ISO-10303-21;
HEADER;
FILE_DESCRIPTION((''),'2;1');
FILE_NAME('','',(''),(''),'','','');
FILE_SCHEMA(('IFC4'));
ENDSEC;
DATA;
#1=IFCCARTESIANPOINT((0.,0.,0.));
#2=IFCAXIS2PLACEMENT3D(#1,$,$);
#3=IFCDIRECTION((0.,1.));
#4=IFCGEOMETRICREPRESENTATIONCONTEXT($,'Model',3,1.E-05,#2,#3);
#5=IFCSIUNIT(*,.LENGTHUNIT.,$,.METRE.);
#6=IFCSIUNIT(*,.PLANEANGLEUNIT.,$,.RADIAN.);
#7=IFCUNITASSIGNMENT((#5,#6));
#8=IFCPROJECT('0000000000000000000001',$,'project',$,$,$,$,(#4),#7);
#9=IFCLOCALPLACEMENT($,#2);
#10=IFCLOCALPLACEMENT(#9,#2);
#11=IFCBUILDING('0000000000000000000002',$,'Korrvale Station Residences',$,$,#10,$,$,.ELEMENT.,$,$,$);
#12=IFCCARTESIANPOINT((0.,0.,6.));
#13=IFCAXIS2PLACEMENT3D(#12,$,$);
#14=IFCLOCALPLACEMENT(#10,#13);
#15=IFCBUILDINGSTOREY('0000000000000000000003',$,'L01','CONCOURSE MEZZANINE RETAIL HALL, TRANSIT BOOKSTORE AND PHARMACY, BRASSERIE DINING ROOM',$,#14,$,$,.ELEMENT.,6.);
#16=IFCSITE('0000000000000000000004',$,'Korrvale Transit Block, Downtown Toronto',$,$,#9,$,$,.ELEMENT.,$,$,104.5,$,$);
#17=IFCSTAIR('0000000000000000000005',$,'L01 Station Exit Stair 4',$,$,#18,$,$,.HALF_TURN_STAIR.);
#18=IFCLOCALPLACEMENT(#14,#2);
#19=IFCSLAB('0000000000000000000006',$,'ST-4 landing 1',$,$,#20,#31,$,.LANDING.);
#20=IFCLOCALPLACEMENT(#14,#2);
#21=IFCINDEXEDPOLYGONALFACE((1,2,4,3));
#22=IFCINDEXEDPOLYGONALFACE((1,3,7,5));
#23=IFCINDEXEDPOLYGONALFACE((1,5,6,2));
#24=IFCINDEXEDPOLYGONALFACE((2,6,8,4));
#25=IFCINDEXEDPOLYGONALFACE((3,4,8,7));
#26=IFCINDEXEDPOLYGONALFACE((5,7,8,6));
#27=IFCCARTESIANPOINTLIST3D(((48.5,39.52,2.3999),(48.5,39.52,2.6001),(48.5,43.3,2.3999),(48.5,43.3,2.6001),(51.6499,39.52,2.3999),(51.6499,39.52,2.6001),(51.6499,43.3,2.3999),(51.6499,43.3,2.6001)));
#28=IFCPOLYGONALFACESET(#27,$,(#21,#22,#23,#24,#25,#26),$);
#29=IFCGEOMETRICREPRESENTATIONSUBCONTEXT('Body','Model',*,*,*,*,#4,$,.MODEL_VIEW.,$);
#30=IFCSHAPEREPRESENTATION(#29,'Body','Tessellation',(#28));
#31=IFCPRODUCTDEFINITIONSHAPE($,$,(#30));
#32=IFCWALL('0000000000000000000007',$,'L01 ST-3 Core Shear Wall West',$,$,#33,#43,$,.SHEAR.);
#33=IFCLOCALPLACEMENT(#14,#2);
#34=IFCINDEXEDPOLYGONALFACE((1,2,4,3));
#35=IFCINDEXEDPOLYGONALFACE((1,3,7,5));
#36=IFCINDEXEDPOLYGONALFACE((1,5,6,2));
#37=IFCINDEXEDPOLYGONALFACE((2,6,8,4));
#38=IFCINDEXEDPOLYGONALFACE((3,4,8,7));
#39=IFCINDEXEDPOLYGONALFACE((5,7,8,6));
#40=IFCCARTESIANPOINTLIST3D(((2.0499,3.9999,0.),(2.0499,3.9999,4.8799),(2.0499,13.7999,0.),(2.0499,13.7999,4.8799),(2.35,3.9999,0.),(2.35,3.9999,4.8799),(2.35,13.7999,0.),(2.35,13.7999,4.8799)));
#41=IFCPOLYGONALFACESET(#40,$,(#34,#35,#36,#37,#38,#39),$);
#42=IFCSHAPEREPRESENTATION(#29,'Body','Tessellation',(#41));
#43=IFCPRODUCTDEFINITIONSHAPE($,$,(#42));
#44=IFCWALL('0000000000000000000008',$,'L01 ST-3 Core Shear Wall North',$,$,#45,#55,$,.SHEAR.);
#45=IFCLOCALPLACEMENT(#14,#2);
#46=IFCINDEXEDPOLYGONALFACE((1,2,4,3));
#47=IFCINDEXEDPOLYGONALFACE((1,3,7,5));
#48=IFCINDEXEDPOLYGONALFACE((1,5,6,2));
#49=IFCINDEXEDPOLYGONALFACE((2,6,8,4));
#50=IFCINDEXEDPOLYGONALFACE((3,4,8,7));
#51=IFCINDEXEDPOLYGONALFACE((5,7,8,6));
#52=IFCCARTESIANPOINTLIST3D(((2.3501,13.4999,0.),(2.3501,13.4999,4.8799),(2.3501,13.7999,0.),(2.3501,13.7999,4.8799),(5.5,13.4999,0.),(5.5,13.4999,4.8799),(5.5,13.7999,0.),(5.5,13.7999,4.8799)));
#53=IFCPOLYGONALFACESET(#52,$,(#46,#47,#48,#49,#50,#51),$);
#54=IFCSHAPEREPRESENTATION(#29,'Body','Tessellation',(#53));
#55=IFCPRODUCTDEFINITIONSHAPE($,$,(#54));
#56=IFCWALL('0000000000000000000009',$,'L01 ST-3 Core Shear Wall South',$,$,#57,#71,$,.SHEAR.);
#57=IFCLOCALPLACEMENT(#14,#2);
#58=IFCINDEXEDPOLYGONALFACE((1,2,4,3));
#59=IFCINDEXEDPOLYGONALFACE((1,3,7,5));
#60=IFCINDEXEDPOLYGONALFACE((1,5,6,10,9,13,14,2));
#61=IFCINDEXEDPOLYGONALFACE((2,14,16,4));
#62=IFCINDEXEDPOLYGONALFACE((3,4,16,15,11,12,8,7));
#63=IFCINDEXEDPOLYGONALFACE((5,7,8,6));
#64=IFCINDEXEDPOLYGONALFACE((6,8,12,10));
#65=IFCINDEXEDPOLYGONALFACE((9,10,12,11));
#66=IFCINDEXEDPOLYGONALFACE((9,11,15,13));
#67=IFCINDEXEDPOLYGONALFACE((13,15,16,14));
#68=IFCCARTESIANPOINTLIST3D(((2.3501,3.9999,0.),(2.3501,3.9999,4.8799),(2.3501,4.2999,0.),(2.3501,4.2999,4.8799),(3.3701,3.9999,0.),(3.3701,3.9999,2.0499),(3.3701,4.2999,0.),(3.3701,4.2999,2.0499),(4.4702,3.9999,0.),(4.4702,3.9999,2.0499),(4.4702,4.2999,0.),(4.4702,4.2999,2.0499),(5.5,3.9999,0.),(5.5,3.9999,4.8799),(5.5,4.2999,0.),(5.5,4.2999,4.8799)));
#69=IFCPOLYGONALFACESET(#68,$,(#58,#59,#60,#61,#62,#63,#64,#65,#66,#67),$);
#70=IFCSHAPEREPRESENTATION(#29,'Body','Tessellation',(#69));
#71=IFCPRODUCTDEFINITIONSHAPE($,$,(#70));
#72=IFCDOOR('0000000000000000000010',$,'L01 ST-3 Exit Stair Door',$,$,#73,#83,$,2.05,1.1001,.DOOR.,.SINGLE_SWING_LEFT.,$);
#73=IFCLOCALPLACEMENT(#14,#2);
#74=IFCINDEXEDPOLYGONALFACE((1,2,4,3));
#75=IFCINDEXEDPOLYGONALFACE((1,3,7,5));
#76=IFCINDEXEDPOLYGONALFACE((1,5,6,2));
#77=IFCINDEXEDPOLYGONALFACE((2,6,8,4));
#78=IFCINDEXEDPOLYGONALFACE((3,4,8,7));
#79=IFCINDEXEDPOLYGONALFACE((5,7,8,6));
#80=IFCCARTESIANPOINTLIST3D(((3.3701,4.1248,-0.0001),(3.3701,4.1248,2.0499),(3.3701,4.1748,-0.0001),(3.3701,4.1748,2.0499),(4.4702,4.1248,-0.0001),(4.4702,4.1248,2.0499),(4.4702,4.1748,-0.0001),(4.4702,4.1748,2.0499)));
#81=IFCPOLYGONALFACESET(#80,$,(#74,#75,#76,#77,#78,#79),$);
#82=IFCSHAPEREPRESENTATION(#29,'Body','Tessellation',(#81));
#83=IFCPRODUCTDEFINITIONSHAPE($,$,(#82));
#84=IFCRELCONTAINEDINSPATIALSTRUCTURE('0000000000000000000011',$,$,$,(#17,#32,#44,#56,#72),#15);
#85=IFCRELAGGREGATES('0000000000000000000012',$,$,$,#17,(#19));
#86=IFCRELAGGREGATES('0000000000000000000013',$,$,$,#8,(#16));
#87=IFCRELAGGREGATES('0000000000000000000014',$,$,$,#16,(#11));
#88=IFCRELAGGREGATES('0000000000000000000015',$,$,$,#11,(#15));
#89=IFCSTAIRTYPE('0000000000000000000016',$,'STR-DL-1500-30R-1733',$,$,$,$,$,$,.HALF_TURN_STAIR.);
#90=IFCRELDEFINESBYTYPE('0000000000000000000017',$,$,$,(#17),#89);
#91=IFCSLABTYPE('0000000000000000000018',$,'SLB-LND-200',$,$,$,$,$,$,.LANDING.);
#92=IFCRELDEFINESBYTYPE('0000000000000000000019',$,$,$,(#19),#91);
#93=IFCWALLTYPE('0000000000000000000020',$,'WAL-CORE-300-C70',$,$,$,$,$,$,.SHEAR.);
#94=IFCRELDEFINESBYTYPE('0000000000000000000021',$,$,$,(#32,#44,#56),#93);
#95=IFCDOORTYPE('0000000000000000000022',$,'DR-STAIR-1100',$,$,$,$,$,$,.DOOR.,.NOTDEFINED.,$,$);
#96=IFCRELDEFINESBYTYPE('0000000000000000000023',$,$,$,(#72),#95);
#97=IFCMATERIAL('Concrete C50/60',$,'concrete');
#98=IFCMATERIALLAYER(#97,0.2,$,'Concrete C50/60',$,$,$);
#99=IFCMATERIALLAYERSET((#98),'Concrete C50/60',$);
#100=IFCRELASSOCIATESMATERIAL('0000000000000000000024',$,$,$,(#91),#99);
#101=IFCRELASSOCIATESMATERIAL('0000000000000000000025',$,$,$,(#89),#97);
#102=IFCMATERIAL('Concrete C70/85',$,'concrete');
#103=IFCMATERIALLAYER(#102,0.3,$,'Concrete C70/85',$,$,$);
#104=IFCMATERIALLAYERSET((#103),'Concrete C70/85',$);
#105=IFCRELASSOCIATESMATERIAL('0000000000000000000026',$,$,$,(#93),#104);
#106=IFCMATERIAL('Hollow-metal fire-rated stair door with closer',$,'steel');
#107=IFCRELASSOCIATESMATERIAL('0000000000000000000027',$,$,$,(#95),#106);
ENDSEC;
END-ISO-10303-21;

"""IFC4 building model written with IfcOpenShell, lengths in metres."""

from ifc_helpers import new_model, si_unit, direction, frame, frame_2d, origin, place, context, subcontext, project, spatial, polyline, rectangle, outline, extrude, material, layer, layer_set, type_object, element, fill, aggregate, save


model = new_model("IFC4")

# Units and contexts
model_context = context("Model", 3, precision=1e-05, world=origin(), true_north=direction((0.0, 1.0)))
body_context = subcontext(model_context, "Body", "Model", "MODEL_VIEW")
ifc_project = project(units=[si_unit("LENGTHUNIT", "METRE"), si_unit("PLANEANGLEUNIT", "RADIAN")], contexts=[model_context])

# Site, building, storey
site_placement = place(None, origin())
site = spatial("IfcSite", under=ifc_project, at=site_placement, Name="Korrvale Transit Block, Downtown Toronto", CompositionType="ELEMENT", RefElevation=104.5)
building_placement = place(site_placement, origin())
building = spatial("IfcBuilding", under=site, at=building_placement, Name="Korrvale Station Residences", CompositionType="ELEMENT")
storey_placement = place(building_placement, frame((0.0, 0.0, 6.0)))
storey = spatial("IfcBuildingStorey", under=building, at=storey_placement, Name="L01", Description="CONCOURSE MEZZANINE RETAIL HALL, TRANSIT BOOKSTORE AND PHARMACY, BRASSERIE DINING ROOM", CompositionType="ELEMENT", Elevation=6.0)

# Shared definitions
ifc_material_1 = material(Name="Concrete C70/85", Category="concrete")

# Shared definitions
ifc_material_2 = material(Name="Concrete C50/60", Category="concrete")

# Stair, slab
ifc_layer_1 = layer(ifc_material_2, 0.2, Name="Concrete C50/60")
ifc_layer_set_1 = layer_set([ifc_layer_1], Name="Concrete C50/60")
slab_type_1 = type_object("IfcSlabType", Name="SLB-LND-200", PredefinedType="LANDING", material=ifc_layer_set_1)
stair_type_1 = type_object("IfcStairType", Name="STR-DL-1500-30R-1733", PredefinedType="HALF_TURN_STAIR", material=ifc_material_2)
stair_1_placement = place(storey_placement, origin())
stair_1 = element("IfcStair", 1, at=stair_1_placement, inside=storey, type_object=stair_type_1, Name="L01 Station Exit Stair 4", PredefinedType="HALF_TURN_STAIR")
slab_1_placement = place(storey_placement, frame((0.0, 0.0, 2.3999)))
slab_1 = element("IfcSlab", 2, at=slab_1_placement, type_object=slab_type_1, Name="ST-4 landing 1", PredefinedType="LANDING", context=body_context, shape_type="SweptSolid", body=[
    extrude(outline(polyline([(51.6499, 39.52), (51.6499, 43.3), (48.5, 43.3), (48.5, 39.52), (51.6499, 39.52)])), origin(), (0.0, 0.0, 1.0), 0.2002),
])
aggregate(stair_1, [slab_1])

# Walls
ifc_layer_2 = layer(ifc_material_1, 0.3, Name="Concrete C70/85")
ifc_layer_set_2 = layer_set([ifc_layer_2], Name="Concrete C70/85")
wall_type_1 = type_object("IfcWallType", Name="WAL-CORE-300-C70", PredefinedType="SHEAR", material=ifc_layer_set_2)
wall_1_placement = place(storey_placement, frame((2.2, 4.0, 0.0), z_axis=(0.0, 0.0, 1.0), x_axis=(0.0, 1.0, 0.0)))
element("IfcWall", 3, at=wall_1_placement, inside=storey, type_object=wall_type_1, Name="L01 ST-3 Core Shear Wall West", PredefinedType="SHEAR", context=body_context, shape_type="SweptSolid", body=[
    extrude(rectangle(XDim=9.8, YDim=0.3, at=frame_2d((4.8999, 0.0))), origin(), (0.0, 0.0, 1.0), 4.8799),
])
wall_2_placement = place(storey_placement, frame((2.3501, 13.6499, 0.0), z_axis=(0.0, 0.0, 1.0), x_axis=(1.0, 0.0, 0.0)))
element("IfcWall", 4, at=wall_2_placement, inside=storey, type_object=wall_type_1, Name="L01 ST-3 Core Shear Wall North", PredefinedType="SHEAR", context=body_context, shape_type="SweptSolid", body=[
    extrude(rectangle(XDim=3.1499, YDim=0.3, at=frame_2d((1.575, 0.0))), origin(), (0.0, 0.0, 1.0), 4.8799),
])

# Wall, opening, door
wall_3_placement = place(storey_placement, frame((2.3501, 4.1499, 0.0), z_axis=(0.0, 0.0, 1.0), x_axis=(1.0, 0.0, 0.0)))
wall_3 = element("IfcWall", 5, at=wall_3_placement, inside=storey, type_object=wall_type_1, Name="L01 ST-3 Core Shear Wall South", PredefinedType="SHEAR", context=body_context, shape_type="SweptSolid", body=[
    extrude(rectangle(XDim=3.1499, YDim=0.3, at=frame_2d((1.575, 0.0))), origin(), (0.0, 0.0, 1.0), 4.8799),
])
opening_1_placement = place(wall_3_placement, frame((1.02, 0.0, 0.0)))
opening_1 = element("IfcOpeningElement", 6, at=opening_1_placement, cuts=wall_3, PredefinedType="OPENING", context=body_context, shape_type="SweptSolid", body=[
    extrude(rectangle(XDim=1.1001, YDim=2.05, at=frame_2d((0.55, 1.0249))), frame((0.0, 0.1602, 0.0), z_axis=(0.0, -1.0, 0.0), x_axis=(1.0, 0.0, 0.0)), (0.0, 0.0, 1.0), 0.3201),
])
ifc_material_3 = material(Name="Hollow-metal fire-rated stair door with closer", Category="steel")
door_type = type_object("IfcDoorType", Name="DR-STAIR-1100", OperationType="NOTDEFINED", PredefinedType="DOOR", material=ifc_material_3)
door_placement = place(opening_1_placement, origin())
door = element("IfcDoor", 7, at=door_placement, inside=storey, type_object=door_type, Name="L01 ST-3 Exit Stair Door", OperationType="SINGLE_SWING_LEFT", OverallHeight=2.05, OverallWidth=1.1001, PredefinedType="DOOR", context=body_context, shape_type="SweptSolid", body=[
    extrude(rectangle(XDim=1.1001, YDim=2.05, at=frame_2d((0.55, 1.0249))), frame((0.0, 0.0249, 0.0), z_axis=(0.0, -1.0, 0.0), x_axis=(1.0, 0.0, 0.0)), (0.0, 0.0, 1.0), 0.05),
])
fill(opening_1, door)

save(model, "model.ifc")
